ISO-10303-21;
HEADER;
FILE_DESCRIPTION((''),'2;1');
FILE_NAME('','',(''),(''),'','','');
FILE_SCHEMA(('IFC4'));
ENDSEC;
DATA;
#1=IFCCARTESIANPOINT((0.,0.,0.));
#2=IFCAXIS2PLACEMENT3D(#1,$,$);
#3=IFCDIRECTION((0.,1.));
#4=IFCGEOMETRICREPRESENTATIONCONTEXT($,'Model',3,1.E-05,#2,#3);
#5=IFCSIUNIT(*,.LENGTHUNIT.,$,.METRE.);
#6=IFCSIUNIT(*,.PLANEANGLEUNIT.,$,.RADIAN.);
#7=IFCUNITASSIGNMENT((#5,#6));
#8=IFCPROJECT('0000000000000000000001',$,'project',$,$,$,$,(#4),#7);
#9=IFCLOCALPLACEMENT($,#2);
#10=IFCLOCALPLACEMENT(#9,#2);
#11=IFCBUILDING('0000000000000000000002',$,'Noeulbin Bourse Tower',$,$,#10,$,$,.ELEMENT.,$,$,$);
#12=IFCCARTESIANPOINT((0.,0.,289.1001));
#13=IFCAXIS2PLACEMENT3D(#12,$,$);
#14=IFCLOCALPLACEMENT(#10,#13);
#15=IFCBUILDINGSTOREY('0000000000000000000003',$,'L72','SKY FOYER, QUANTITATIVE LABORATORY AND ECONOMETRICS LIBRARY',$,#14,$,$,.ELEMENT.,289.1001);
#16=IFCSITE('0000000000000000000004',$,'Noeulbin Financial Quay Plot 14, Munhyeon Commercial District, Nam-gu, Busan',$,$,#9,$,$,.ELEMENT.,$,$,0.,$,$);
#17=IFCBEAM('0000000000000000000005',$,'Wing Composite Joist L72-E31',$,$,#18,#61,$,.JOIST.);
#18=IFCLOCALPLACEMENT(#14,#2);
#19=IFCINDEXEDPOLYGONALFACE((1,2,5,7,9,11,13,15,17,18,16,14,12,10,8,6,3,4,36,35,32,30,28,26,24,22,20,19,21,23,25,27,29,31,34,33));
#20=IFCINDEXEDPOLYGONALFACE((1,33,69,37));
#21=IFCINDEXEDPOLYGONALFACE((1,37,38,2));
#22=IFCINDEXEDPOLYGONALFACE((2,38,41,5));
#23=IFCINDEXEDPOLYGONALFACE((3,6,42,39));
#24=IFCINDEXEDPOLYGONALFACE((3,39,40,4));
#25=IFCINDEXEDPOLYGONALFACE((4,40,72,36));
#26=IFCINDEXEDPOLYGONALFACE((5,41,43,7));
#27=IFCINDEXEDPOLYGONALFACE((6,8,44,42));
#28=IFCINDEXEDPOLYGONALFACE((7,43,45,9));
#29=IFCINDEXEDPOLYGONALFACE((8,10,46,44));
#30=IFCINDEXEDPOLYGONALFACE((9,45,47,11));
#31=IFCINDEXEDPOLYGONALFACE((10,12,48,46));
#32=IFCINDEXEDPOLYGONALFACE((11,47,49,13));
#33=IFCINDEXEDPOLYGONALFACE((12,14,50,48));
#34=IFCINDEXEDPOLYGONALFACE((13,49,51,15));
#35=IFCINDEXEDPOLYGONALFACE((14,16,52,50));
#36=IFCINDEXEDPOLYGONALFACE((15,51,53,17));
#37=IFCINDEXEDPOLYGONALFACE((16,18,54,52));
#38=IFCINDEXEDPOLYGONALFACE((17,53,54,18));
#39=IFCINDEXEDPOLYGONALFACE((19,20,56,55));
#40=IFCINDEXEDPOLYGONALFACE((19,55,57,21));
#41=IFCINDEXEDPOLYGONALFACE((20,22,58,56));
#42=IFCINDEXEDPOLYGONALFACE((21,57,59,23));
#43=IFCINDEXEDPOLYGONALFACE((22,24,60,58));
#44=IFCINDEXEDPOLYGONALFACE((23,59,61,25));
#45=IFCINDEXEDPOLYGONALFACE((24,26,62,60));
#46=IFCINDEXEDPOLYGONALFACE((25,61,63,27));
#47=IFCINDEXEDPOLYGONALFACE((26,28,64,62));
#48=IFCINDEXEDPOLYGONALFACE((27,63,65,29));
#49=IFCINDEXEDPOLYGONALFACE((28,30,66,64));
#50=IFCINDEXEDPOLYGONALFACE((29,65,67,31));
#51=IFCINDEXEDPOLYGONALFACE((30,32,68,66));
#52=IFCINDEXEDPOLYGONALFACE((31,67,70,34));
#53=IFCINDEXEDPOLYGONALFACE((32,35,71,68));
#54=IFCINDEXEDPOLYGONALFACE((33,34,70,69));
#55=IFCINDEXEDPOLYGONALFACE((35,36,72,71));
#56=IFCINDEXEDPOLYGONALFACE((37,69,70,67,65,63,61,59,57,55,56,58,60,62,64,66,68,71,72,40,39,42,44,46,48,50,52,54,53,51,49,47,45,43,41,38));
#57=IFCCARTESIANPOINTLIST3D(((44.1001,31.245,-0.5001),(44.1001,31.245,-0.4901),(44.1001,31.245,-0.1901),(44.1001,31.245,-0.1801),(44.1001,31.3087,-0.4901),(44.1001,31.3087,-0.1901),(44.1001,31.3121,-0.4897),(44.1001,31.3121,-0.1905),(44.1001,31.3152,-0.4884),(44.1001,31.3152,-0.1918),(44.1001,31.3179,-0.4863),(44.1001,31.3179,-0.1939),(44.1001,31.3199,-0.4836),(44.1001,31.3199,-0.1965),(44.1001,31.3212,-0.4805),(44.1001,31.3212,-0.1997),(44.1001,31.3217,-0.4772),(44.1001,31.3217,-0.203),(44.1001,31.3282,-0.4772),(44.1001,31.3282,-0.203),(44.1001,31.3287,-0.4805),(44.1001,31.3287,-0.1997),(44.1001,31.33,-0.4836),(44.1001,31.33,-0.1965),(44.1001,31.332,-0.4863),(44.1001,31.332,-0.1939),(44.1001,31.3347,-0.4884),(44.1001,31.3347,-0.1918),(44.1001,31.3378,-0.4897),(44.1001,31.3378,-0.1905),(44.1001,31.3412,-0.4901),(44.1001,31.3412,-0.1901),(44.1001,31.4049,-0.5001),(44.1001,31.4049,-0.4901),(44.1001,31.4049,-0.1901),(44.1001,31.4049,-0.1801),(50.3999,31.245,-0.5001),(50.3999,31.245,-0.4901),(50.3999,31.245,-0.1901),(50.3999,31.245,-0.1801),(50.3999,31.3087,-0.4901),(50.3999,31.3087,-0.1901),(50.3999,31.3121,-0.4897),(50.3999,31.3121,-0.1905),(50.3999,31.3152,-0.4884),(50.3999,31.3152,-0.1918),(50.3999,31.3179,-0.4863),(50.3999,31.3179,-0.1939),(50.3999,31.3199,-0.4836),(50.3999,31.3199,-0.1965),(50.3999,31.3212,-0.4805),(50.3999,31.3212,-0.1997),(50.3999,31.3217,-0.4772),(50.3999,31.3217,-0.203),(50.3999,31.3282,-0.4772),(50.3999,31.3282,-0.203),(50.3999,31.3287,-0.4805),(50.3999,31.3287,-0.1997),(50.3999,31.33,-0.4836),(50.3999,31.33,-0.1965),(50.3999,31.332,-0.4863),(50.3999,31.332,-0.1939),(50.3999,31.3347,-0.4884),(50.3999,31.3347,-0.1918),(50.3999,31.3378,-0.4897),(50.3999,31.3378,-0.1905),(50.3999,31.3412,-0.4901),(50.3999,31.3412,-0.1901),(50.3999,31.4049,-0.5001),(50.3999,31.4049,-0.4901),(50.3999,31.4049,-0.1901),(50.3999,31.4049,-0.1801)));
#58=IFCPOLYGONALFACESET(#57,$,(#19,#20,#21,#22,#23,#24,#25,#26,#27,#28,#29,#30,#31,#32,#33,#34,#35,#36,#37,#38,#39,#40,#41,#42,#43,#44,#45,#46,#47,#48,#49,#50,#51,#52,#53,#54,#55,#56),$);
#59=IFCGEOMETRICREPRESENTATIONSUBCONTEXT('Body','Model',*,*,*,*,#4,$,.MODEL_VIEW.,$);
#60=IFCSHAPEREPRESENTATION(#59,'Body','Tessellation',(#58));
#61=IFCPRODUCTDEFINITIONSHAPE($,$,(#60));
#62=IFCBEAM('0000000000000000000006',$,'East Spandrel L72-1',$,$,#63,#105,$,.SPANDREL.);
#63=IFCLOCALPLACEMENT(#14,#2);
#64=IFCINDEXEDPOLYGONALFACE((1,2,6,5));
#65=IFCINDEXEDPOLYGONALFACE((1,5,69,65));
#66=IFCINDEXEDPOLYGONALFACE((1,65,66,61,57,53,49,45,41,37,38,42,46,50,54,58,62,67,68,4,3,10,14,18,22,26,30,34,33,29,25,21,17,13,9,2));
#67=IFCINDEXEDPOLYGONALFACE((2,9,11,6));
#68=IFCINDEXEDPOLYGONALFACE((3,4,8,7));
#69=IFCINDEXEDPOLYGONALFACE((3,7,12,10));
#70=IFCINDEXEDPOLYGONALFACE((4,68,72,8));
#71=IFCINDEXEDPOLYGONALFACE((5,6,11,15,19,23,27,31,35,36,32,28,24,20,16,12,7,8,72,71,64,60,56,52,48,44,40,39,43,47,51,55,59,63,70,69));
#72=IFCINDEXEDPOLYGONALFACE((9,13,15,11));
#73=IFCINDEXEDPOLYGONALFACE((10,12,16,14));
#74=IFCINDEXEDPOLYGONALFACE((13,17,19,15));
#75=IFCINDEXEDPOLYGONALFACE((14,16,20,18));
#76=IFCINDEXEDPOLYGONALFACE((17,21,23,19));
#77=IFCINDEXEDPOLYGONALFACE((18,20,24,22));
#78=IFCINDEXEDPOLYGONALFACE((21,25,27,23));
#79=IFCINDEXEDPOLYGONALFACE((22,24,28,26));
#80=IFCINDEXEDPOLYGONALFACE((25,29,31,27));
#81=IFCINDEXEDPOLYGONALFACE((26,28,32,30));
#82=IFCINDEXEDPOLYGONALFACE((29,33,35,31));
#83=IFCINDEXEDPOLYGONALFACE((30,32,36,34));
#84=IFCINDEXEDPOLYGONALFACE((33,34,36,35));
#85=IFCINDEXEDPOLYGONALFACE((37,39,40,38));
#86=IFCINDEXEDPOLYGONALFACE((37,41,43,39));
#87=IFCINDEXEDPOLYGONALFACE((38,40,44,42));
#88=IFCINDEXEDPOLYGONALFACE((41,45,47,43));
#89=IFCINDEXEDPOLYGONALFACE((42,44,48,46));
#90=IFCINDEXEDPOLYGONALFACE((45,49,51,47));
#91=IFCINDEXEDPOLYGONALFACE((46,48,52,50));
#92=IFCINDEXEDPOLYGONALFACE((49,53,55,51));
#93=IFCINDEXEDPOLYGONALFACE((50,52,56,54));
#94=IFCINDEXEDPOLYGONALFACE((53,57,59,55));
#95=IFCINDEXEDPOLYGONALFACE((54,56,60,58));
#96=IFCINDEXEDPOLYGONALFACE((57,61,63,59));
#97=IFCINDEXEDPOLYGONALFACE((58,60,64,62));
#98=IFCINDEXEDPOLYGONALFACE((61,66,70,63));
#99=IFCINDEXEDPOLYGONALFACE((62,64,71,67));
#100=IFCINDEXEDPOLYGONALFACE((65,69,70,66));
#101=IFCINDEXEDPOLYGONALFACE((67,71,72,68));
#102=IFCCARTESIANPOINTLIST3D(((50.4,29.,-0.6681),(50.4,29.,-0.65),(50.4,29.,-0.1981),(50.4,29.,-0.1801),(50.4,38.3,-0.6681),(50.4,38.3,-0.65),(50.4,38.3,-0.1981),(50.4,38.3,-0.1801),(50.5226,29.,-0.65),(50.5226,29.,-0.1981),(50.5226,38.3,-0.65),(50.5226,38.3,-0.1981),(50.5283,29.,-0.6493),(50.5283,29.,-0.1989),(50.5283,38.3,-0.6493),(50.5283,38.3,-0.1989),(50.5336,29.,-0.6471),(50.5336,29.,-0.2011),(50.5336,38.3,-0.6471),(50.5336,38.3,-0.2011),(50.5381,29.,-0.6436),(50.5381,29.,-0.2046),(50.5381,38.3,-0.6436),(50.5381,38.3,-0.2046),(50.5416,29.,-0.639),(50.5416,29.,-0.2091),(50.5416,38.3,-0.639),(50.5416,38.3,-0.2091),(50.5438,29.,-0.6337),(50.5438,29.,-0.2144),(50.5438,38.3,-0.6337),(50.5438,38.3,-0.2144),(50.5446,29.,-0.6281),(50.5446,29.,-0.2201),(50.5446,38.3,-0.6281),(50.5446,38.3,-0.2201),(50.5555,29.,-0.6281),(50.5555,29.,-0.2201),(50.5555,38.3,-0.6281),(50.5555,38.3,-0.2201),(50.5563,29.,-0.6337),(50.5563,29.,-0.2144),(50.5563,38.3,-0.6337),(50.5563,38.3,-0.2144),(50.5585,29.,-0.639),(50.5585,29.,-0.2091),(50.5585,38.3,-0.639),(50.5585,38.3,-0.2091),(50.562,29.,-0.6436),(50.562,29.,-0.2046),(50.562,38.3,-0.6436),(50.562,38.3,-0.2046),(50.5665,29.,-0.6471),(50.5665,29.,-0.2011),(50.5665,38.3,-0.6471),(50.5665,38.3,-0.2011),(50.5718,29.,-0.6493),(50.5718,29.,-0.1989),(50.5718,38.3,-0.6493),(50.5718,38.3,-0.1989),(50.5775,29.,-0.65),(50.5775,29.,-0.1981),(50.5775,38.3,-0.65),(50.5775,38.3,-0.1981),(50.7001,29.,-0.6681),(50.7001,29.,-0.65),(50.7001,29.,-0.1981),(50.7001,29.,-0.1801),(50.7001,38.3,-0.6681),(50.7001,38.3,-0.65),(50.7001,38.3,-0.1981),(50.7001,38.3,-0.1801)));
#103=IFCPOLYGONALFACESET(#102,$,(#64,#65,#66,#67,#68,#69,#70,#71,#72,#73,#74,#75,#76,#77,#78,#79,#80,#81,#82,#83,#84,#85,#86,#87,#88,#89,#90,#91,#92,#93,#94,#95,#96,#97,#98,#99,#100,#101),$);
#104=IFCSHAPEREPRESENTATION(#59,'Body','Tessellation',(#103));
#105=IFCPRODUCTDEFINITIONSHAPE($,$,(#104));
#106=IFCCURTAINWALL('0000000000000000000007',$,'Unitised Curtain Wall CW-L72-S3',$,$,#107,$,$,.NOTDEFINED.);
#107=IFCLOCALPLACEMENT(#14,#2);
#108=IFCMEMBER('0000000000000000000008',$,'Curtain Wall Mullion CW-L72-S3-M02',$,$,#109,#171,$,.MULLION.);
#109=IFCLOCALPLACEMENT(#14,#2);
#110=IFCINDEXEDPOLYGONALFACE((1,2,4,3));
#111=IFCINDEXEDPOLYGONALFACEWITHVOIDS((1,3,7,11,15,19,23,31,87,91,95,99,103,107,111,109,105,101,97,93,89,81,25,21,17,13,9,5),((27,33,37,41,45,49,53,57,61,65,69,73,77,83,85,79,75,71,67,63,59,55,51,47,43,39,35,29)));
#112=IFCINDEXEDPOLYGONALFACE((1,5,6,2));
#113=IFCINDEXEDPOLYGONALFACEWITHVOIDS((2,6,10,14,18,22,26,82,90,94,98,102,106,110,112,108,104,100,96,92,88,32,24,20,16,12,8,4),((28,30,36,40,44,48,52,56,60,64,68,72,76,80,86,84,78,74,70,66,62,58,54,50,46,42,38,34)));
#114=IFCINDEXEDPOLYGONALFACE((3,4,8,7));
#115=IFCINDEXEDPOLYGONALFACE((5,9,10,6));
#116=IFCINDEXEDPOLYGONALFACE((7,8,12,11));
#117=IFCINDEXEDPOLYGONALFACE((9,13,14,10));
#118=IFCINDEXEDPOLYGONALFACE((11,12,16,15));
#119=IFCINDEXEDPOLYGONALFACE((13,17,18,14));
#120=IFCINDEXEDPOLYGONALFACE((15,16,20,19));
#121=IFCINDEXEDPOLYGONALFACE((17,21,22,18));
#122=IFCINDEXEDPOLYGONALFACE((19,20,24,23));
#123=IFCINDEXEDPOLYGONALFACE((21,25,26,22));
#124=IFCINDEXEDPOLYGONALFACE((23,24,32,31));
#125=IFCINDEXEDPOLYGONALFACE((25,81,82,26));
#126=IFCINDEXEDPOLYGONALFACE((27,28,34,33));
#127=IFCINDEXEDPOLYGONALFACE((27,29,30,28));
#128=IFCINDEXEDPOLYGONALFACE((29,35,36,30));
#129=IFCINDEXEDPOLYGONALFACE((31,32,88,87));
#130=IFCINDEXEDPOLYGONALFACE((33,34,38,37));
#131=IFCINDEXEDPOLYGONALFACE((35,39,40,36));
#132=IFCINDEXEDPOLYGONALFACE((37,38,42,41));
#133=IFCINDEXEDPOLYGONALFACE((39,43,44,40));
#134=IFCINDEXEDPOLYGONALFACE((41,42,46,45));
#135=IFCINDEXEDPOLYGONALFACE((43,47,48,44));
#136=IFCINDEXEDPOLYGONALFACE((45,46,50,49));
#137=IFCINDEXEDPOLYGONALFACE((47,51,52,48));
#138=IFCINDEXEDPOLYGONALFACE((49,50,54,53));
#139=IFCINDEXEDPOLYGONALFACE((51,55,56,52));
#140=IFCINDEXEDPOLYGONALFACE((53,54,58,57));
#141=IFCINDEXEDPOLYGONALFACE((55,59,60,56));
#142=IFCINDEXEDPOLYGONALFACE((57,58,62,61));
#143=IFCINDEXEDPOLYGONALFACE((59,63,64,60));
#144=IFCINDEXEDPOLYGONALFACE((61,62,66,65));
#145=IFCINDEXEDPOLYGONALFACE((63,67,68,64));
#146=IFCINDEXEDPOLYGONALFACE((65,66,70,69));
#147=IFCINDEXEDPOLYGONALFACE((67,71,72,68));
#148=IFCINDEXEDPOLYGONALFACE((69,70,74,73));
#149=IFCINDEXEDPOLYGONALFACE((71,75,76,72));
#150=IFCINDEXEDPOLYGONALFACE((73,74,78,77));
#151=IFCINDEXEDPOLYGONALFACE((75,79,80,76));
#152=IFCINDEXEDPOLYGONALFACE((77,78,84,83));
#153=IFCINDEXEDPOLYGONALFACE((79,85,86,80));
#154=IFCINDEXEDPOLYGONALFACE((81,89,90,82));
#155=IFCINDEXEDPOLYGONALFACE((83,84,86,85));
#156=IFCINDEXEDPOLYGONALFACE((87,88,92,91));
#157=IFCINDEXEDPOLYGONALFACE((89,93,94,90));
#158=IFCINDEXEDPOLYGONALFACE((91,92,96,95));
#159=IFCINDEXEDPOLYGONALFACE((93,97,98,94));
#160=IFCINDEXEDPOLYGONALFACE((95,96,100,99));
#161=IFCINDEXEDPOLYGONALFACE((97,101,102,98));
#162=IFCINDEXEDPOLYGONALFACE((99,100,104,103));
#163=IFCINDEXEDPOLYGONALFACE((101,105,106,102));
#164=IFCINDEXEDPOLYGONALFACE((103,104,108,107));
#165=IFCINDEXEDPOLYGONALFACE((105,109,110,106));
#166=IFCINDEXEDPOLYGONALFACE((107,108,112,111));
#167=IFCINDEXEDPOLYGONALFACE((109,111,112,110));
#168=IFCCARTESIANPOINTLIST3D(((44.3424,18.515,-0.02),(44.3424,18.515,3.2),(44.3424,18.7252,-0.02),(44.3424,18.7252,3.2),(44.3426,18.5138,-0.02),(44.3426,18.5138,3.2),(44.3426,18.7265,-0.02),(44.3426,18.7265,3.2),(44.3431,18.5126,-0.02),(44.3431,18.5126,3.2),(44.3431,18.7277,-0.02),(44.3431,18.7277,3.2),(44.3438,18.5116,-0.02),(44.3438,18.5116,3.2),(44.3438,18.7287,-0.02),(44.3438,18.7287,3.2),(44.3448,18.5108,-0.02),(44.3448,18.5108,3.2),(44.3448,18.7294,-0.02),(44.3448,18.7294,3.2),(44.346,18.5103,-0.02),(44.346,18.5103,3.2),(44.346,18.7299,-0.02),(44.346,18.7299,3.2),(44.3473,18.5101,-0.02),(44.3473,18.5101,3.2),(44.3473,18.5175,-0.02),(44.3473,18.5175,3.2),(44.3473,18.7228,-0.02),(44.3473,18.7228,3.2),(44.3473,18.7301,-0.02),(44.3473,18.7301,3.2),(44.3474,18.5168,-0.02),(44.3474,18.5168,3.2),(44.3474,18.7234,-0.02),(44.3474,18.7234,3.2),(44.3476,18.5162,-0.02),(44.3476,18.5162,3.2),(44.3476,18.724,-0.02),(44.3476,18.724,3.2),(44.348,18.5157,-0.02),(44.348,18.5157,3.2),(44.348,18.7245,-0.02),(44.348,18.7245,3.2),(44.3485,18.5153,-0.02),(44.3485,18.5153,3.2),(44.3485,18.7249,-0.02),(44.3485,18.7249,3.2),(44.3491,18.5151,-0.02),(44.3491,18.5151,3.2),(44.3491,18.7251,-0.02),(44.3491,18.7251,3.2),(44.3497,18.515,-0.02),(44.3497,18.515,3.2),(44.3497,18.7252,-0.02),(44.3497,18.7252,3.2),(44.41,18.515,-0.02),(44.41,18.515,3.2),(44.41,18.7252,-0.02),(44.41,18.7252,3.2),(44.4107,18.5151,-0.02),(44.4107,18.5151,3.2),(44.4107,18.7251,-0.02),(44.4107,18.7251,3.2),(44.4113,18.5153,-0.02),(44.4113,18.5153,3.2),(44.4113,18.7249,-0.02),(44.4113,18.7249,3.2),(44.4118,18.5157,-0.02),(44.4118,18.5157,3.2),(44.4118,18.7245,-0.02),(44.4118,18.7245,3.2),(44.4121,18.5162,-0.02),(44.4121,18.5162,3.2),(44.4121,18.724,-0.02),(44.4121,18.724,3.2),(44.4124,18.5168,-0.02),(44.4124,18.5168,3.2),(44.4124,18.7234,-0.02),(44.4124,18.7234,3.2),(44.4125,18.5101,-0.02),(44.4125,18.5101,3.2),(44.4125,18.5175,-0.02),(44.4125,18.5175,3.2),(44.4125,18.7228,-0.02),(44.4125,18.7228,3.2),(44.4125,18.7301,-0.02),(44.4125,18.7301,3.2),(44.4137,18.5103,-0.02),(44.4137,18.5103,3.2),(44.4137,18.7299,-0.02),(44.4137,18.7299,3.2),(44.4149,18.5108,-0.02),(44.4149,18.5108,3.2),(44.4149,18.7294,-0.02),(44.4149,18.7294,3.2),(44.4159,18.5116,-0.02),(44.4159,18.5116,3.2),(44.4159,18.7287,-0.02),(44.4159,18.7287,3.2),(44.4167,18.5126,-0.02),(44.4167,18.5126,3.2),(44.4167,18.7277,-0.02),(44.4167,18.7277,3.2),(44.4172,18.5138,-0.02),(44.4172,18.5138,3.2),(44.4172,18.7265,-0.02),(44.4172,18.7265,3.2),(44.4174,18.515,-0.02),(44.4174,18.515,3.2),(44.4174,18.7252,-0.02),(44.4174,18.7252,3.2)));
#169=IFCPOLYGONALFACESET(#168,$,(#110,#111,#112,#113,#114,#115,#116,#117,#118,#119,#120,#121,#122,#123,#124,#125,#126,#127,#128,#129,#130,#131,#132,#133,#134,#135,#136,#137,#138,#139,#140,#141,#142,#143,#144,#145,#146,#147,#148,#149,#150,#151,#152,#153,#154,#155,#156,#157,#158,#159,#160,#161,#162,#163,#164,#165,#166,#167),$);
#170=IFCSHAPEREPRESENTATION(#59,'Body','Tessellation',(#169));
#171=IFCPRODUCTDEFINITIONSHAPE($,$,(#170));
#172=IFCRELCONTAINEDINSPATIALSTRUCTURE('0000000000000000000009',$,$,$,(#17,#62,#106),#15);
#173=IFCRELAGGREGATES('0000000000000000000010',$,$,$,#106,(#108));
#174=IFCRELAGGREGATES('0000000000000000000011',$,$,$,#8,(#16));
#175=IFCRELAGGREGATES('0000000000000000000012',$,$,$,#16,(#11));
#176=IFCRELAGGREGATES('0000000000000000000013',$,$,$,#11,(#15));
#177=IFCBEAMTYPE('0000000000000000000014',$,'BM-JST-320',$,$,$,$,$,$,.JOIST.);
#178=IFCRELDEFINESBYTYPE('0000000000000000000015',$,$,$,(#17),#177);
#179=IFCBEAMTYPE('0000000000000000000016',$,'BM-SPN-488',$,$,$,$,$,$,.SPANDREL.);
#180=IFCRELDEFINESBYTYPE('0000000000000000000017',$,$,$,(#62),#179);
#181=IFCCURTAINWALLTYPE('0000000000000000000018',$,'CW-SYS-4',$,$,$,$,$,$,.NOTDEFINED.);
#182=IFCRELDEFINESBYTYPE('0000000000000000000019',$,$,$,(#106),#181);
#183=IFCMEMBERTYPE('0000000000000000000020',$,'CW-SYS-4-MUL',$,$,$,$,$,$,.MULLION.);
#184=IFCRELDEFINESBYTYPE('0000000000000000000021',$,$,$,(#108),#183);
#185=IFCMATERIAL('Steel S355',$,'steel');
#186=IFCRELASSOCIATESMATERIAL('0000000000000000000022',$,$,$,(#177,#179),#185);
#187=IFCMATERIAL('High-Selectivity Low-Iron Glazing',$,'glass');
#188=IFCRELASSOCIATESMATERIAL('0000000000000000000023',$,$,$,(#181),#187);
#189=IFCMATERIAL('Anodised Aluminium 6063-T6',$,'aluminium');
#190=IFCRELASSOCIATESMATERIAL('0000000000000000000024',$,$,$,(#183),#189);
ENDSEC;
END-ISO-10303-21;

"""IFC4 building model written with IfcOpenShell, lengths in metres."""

from ifc_helpers import new_model, si_unit, direction, frame, origin, origin_2d, place, context, subcontext, project, spatial, hollow_rectangle, i_section, extrude, material, material_profile, profile_set, type_object, element, aggregate, save


model = new_model("IFC4")

# Units and contexts
model_context = context("Model", 3, precision=1e-05, world=origin(), true_north=direction((0.0, 1.0)))
body_context = subcontext(model_context, "Body", "Model", "MODEL_VIEW")
ifc_project = project(units=[si_unit("LENGTHUNIT", "METRE"), si_unit("PLANEANGLEUNIT", "RADIAN")], contexts=[model_context])

# Site, building, storey
site_placement = place(None, origin())
site = spatial("IfcSite", under=ifc_project, at=site_placement, Name="Noeulbin Financial Quay Plot 14, Munhyeon Commercial District, Nam-gu, Busan", CompositionType="ELEMENT", RefElevation=0.0)
building_placement = place(site_placement, origin())
building = spatial("IfcBuilding", under=site, at=building_placement, Name="Noeulbin Bourse Tower", CompositionType="ELEMENT")
storey_placement = place(building_placement, frame((0.0, 0.0, 289.1001)))
storey = spatial("IfcBuildingStorey", under=building, at=storey_placement, Name="L72", Description="SKY FOYER, QUANTITATIVE LABORATORY AND ECONOMETRICS LIBRARY", CompositionType="ELEMENT", Elevation=289.1001)

# Shared definitions
ifc_material_1 = material(Name="Steel S355", Category="steel")

# Beams
ifc_material_profile_1 = material_profile(ifc_material_1, i_section(OverallWidth=0.1599, OverallDepth=0.3201, WebThickness=0.0066, FlangeThickness=0.01, FilletRadius=0.0129, at=origin_2d()), Name="H-320x160x6.5x10", Category="LoadBearing")
ifc_profile_set_1 = profile_set([ifc_material_profile_1], Name="Steel S355")
beam_type_1 = type_object("IfcBeamType", Name="BM-JST-320", PredefinedType="JOIST", material=ifc_profile_set_1)
beam_1_placement = place(storey_placement, frame((44.1001, 31.325, -0.3401), z_axis=(1.0, 0.0, 0.0), x_axis=(0.0, 1.0, 0.0)))
element("IfcBeam", 1, at=beam_1_placement, inside=storey, type_object=beam_type_1, Name="Wing Composite Joist L72-E31", PredefinedType="JOIST", context=body_context, shape_type="SweptSolid", body=[
    extrude(i_section(OverallWidth=0.1599, OverallDepth=0.3201, WebThickness=0.0066, FlangeThickness=0.01, FilletRadius=0.0129, at=origin_2d()), origin(), (0.0, 0.0, 1.0), 6.2998),
])
ifc_material_profile_2 = material_profile(ifc_material_1, i_section(OverallWidth=0.3, OverallDepth=0.488, WebThickness=0.011, FlangeThickness=0.0181, FilletRadius=0.022, at=origin_2d()), Name="H-488x300x11x18", Category="LoadBearing")
ifc_profile_set_2 = profile_set([ifc_material_profile_2], Name="Steel S355")
beam_type_2 = type_object("IfcBeamType", Name="BM-SPN-488", PredefinedType="SPANDREL", material=ifc_profile_set_2)
beam_2_placement = place(storey_placement, frame((50.55, 29.0, -0.4241), z_axis=(0.0, 1.0, 0.0), x_axis=(-1.0, 0.0, 0.0)))
element("IfcBeam", 2, at=beam_2_placement, inside=storey, type_object=beam_type_2, Name="East Spandrel L72-1", PredefinedType="SPANDREL", context=body_context, shape_type="SweptSolid", body=[
    extrude(i_section(OverallWidth=0.3, OverallDepth=0.488, WebThickness=0.011, FlangeThickness=0.0181, FilletRadius=0.022, at=origin_2d()), origin(), (0.0, 0.0, 1.0), 9.3),
])

# Curtain wall, member
ifc_material_2 = material(Name="High-Selectivity Low-Iron Glazing", Category="glass")
curtain_wall_type = type_object("IfcCurtainWallType", Name="CW-SYS-4", PredefinedType="NOTDEFINED", material=ifc_material_2)
curtain_wall_1_placement = place(storey_placement, origin())
curtain_wall_1 = element("IfcCurtainWall", 3, at=curtain_wall_1_placement, inside=storey, type_object=curtain_wall_type, Name="Unitised Curtain Wall CW-L72-S3", PredefinedType="NOTDEFINED")
ifc_material_3 = material(Name="Anodised Aluminium 6063-T6", Category="aluminium")
ifc_material_profile_3 = material_profile(ifc_material_3, hollow_rectangle(XDim=0.075, YDim=0.22, WallThickness=0.0049, InnerFilletRadius=0.0024, OuterFilletRadius=0.0049, at=origin_2d()), Name="ALU-MULL-75x220x5", Category="LoadBearing")
ifc_profile_set_3 = profile_set([ifc_material_profile_3], Name="Anodised Aluminium 6063-T6")
member_type_1 = type_object("IfcMemberType", Name="CW-SYS-4-MUL", PredefinedType="MULLION", material=ifc_profile_set_3)
member_1_placement = place(storey_placement, frame((44.3799, 18.6201, -0.02), z_axis=(0.0, 0.0, 1.0), x_axis=(1.0, 0.0, 0.0)))
member_1 = element("IfcMember", 4, at=member_1_placement, type_object=member_type_1, Name="Curtain Wall Mullion CW-L72-S3-M02", PredefinedType="MULLION", context=body_context, shape_type="SweptSolid", body=[
    extrude(hollow_rectangle(XDim=0.075, YDim=0.22, WallThickness=0.0049, InnerFilletRadius=0.0024, OuterFilletRadius=0.0049, at=origin_2d()), origin(), (0.0, 0.0, 1.0), 3.22),
])

aggregate(curtain_wall_1, [member_1])

save(model, "model.ifc")
